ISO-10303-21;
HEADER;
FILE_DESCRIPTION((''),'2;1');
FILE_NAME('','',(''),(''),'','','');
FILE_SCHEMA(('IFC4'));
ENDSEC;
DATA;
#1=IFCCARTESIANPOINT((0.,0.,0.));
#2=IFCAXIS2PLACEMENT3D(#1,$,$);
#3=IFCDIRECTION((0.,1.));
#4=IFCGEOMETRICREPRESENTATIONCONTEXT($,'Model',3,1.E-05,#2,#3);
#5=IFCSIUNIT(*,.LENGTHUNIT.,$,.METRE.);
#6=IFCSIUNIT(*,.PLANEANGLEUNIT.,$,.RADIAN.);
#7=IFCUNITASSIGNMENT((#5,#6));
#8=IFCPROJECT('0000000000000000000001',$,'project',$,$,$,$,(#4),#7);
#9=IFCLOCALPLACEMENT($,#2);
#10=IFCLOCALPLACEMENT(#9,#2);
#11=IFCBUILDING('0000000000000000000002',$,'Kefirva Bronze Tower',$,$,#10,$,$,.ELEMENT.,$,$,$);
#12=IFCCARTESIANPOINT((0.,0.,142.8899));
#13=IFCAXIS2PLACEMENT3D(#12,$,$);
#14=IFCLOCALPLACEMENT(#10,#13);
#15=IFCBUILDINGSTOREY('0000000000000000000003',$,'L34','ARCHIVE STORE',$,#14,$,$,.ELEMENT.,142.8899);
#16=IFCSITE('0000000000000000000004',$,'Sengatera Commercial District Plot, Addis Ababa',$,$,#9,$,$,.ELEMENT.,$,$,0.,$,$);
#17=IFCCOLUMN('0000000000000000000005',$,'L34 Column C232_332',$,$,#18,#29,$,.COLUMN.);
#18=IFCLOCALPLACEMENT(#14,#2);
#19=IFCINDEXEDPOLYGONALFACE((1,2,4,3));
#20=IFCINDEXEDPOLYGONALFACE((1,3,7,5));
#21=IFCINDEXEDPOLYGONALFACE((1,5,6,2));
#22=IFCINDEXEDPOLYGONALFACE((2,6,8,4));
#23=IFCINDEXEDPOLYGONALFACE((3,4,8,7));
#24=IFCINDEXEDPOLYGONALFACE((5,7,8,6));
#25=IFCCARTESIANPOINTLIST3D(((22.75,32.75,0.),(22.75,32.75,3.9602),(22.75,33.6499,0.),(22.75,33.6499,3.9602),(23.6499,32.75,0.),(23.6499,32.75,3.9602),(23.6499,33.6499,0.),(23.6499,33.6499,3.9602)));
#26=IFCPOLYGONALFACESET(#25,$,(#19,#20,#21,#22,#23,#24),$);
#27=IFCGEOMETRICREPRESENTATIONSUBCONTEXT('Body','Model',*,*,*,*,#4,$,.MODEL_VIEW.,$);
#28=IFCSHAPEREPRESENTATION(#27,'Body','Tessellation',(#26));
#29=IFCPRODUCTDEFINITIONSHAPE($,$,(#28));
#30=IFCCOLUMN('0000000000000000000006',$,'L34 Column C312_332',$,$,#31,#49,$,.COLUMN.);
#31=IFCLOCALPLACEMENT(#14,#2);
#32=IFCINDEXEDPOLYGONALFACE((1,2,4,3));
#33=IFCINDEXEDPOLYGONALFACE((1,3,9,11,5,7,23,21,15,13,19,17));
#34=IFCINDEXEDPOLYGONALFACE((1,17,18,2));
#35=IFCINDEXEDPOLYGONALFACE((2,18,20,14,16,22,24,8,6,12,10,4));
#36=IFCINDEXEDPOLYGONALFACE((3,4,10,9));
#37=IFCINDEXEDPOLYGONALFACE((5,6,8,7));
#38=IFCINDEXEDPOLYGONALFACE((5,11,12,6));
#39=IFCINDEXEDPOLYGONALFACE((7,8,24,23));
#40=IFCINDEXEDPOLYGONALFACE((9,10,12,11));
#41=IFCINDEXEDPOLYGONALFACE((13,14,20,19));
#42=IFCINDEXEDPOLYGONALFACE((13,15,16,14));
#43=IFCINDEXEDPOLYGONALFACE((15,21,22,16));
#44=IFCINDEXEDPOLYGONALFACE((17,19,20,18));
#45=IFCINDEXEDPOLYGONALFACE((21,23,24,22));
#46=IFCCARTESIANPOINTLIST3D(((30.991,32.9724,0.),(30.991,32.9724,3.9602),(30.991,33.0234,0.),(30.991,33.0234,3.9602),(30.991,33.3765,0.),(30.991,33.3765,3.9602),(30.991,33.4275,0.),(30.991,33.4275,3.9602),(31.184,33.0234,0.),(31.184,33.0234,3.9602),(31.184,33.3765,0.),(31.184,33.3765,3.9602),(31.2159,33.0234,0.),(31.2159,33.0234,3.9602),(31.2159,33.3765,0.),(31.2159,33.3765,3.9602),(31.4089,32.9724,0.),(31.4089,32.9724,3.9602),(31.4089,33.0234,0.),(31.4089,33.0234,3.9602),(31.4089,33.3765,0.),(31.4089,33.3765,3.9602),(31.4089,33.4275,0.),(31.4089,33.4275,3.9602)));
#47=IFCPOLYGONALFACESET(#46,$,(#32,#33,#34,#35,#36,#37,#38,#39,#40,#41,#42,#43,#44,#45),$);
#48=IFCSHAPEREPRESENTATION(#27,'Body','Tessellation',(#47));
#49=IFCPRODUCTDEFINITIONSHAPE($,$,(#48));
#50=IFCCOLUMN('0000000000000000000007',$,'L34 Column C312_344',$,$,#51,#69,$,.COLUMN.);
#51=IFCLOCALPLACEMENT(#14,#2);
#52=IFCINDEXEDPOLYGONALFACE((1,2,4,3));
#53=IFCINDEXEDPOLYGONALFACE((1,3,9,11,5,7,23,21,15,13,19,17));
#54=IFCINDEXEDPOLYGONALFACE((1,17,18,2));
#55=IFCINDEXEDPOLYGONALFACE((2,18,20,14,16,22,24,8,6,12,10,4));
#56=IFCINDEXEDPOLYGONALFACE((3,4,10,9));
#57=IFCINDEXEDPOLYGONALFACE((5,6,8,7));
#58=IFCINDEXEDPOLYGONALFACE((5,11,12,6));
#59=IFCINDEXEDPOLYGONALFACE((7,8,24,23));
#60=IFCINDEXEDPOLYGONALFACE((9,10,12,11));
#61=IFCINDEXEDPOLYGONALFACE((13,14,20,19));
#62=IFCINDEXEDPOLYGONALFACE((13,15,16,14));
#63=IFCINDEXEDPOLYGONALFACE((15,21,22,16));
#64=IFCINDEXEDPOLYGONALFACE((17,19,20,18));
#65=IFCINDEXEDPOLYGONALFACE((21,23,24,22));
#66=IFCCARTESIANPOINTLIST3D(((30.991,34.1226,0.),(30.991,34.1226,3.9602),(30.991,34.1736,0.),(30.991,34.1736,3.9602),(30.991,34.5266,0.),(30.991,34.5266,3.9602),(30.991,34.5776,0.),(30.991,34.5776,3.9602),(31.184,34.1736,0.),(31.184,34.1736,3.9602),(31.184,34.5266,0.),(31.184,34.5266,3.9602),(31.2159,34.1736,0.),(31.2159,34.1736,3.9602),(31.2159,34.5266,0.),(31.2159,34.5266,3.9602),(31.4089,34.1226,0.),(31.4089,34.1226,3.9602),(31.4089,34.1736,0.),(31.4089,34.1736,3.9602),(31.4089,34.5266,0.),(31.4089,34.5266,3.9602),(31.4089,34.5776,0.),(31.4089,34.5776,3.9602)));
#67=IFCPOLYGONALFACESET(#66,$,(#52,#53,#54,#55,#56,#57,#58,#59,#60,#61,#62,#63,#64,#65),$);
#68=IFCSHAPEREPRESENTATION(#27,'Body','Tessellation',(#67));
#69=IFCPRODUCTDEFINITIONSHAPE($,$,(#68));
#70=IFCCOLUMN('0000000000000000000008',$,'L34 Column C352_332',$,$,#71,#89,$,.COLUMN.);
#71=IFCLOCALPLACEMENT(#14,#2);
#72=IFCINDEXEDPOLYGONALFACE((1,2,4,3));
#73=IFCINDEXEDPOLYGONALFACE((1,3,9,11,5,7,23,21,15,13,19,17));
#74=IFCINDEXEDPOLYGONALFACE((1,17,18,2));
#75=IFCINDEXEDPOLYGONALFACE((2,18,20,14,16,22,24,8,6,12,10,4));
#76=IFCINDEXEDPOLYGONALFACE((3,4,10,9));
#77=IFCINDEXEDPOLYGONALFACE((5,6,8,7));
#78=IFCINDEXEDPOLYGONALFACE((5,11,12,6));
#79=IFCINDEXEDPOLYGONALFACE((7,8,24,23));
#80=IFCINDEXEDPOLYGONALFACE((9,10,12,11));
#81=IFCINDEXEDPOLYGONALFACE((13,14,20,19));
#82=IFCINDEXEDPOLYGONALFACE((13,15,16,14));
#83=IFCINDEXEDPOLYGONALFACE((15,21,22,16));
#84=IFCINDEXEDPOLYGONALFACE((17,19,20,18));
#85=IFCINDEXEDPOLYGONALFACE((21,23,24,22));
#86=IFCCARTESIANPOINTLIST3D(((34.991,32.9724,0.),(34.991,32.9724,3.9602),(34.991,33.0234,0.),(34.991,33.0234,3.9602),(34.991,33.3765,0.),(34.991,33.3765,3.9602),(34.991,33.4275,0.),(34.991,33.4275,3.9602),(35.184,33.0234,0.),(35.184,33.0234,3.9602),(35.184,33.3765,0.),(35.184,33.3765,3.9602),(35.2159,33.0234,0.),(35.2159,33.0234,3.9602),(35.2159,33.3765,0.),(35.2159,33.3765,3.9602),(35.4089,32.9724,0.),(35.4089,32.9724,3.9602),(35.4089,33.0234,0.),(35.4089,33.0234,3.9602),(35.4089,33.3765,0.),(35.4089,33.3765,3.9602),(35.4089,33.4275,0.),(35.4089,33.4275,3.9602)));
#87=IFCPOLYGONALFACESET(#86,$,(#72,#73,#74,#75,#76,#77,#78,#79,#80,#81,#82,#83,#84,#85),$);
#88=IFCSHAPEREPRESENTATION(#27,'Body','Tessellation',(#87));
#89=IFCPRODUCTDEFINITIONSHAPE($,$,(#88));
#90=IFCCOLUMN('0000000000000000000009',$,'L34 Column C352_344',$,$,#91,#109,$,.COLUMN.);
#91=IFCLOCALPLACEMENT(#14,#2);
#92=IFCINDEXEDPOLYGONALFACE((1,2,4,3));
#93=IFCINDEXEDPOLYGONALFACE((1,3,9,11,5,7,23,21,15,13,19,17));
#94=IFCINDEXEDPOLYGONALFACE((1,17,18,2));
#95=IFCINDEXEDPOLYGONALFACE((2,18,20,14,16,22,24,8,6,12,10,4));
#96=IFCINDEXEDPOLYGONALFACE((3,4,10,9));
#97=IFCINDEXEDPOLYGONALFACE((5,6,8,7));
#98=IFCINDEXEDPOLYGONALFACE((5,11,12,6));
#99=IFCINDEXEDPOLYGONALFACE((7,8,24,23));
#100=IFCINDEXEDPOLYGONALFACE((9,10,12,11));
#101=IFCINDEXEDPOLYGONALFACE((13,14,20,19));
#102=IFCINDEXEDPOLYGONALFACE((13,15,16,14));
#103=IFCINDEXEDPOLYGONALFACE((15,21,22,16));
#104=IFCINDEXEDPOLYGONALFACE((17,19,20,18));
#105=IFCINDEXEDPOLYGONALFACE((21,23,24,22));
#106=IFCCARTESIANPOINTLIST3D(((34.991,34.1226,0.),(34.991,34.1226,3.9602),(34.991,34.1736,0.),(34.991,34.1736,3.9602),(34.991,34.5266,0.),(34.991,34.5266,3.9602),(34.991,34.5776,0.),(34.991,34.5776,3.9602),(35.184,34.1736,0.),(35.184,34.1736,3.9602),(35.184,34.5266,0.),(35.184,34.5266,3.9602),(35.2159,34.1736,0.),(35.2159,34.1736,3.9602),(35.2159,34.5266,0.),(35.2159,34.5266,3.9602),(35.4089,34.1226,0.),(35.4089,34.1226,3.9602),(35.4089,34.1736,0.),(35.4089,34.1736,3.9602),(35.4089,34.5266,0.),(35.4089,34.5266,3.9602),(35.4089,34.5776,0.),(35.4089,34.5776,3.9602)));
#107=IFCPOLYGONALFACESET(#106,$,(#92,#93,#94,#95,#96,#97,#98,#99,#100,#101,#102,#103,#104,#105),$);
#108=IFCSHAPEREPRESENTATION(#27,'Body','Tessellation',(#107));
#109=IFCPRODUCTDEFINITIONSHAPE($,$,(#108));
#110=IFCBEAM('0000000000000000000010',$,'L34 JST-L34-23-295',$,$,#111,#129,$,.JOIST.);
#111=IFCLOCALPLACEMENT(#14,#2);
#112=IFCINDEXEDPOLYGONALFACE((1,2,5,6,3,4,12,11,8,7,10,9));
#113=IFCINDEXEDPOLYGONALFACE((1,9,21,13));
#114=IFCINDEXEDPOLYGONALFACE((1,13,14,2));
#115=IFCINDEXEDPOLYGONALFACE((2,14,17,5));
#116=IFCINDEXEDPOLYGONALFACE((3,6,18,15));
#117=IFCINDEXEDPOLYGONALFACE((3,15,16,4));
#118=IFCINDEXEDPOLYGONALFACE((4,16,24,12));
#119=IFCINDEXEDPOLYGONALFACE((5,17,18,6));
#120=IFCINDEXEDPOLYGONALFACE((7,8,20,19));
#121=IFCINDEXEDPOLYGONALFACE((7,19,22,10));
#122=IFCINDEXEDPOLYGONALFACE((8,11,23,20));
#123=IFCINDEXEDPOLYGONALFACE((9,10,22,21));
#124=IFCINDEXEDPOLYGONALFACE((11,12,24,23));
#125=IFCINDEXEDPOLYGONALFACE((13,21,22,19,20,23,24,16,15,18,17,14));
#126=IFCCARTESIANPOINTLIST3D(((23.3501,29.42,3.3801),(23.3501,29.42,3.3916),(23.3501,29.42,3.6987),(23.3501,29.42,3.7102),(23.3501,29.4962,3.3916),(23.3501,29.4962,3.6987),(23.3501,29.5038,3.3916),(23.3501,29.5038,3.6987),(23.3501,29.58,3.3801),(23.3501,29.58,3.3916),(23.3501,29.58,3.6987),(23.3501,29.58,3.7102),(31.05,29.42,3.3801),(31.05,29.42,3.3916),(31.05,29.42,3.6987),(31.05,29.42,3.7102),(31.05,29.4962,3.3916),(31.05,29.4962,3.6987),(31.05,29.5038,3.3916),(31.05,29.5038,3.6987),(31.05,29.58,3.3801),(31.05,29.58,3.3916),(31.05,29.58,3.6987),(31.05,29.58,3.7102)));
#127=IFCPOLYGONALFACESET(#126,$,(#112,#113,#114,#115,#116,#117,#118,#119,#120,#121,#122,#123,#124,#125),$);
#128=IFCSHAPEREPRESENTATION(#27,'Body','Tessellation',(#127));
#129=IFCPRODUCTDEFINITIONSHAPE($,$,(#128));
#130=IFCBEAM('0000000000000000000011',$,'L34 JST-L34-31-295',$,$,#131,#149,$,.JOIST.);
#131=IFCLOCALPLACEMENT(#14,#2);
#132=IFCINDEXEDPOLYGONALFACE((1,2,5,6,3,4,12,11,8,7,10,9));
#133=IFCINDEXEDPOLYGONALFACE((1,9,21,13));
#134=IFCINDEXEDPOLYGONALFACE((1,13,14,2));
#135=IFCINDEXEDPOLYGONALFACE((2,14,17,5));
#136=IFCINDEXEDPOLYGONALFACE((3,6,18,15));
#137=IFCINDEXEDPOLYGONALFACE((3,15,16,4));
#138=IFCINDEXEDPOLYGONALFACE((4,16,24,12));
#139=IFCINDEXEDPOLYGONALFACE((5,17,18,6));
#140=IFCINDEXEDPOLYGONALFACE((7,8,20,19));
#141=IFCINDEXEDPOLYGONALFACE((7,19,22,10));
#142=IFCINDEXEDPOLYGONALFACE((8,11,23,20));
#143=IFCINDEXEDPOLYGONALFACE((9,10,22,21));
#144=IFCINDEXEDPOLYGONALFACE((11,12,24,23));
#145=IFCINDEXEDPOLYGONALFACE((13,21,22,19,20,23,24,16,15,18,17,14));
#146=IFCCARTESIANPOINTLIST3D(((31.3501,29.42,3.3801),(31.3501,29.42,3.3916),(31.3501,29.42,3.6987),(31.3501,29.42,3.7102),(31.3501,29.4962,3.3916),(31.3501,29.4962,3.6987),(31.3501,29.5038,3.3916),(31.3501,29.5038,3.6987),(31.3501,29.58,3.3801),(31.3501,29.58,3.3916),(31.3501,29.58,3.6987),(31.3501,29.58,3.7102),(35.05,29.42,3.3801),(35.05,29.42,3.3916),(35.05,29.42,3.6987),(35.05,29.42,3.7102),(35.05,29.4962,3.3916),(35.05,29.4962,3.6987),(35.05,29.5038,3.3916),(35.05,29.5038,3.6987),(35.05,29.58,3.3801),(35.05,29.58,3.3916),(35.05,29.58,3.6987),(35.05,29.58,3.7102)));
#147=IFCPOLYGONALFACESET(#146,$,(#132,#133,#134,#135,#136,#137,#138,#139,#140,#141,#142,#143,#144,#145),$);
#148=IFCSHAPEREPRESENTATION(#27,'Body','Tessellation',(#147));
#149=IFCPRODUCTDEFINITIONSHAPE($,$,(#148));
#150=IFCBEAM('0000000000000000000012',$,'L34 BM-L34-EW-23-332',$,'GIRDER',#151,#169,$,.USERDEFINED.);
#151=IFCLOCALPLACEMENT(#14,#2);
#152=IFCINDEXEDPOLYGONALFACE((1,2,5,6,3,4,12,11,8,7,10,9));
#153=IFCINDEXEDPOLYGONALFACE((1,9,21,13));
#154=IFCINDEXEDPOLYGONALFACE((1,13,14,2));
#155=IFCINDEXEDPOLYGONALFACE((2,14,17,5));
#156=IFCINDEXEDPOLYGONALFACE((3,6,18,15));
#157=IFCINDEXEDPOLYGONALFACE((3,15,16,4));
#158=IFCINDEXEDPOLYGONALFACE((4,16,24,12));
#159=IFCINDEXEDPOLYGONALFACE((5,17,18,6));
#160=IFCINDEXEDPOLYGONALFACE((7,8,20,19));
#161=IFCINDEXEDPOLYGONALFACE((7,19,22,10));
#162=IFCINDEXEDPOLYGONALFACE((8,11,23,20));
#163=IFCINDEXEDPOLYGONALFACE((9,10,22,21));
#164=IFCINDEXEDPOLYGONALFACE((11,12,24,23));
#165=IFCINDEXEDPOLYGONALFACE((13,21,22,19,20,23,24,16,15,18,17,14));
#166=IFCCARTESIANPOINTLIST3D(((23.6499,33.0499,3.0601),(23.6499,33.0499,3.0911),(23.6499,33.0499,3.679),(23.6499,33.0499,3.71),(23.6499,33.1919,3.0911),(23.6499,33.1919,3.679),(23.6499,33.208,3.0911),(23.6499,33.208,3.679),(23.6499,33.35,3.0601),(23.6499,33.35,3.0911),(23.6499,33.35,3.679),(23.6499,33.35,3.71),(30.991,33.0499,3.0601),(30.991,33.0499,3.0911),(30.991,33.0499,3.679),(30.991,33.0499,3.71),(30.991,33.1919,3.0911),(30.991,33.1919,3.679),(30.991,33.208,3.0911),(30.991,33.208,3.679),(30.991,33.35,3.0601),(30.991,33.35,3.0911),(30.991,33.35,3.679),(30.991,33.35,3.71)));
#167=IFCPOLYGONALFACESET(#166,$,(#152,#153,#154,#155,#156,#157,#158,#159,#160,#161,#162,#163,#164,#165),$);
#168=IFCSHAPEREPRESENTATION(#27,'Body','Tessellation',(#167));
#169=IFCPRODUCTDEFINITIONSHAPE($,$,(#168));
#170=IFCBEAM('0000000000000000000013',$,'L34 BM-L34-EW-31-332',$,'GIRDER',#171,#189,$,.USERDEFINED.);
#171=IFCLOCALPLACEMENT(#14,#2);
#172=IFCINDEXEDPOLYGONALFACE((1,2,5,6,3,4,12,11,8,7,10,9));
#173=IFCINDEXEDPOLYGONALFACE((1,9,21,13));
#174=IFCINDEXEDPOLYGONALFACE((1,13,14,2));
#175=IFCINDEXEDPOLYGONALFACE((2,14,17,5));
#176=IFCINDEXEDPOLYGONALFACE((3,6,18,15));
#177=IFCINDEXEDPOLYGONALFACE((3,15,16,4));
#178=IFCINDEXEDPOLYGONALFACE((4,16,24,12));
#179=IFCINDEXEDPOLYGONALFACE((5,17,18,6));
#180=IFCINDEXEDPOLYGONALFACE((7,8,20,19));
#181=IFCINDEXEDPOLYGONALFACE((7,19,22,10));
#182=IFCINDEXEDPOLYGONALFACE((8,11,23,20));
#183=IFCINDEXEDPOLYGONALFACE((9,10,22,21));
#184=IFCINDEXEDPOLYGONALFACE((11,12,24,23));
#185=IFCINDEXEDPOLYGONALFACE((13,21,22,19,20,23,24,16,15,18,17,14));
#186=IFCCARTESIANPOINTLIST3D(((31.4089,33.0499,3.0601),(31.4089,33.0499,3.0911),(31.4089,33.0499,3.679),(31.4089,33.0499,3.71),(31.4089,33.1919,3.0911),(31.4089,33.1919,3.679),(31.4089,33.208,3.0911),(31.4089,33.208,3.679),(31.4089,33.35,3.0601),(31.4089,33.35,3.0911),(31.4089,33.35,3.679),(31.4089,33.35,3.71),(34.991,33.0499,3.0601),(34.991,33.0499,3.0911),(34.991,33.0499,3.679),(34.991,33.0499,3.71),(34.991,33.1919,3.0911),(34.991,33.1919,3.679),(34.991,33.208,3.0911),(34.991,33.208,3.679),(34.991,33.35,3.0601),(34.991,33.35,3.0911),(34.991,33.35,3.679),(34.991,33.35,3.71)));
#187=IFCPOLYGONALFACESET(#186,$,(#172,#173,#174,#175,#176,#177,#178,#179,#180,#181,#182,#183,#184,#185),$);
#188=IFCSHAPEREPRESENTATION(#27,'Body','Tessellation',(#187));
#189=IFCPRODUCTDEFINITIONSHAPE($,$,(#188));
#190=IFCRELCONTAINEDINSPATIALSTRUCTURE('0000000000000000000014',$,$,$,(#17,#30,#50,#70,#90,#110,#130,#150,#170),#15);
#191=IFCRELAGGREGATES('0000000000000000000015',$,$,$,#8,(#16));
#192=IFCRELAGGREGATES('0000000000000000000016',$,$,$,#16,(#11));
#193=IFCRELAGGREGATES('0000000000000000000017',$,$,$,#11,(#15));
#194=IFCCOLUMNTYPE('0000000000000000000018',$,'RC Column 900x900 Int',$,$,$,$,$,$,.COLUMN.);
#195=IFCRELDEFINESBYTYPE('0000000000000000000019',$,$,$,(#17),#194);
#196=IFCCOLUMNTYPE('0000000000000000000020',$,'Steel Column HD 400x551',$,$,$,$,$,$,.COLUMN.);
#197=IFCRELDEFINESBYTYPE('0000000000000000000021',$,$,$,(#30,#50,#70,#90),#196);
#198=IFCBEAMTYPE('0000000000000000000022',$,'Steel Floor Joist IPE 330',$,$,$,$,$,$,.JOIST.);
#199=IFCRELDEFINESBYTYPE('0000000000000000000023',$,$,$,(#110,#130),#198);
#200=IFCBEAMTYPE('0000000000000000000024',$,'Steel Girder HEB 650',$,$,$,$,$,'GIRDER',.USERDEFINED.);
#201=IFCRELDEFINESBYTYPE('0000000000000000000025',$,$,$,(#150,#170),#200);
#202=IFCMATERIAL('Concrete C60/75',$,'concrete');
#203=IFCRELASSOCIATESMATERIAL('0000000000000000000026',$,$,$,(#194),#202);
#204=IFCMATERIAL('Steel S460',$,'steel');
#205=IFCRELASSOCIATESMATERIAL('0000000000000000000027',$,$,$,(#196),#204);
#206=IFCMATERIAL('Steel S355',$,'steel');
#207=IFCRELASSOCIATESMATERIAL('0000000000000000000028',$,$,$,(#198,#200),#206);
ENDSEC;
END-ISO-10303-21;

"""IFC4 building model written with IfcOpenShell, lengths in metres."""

from ifc_helpers import new_model, si_unit, direction, frame, origin, origin_2d, place, context, subcontext, project, spatial, rectangle, i_section, extrude, material, material_profile, profile_set, type_object, element, save


model = new_model("IFC4")

# Units and contexts
model_context = context("Model", 3, precision=1e-05, world=origin(), true_north=direction((0.0, 1.0)))
body_context = subcontext(model_context, "Body", "Model", "MODEL_VIEW")
ifc_project = project(units=[si_unit("LENGTHUNIT", "METRE"), si_unit("PLANEANGLEUNIT", "RADIAN")], contexts=[model_context])

# Site, building, storey
site_placement = place(None, origin())
site = spatial("IfcSite", under=ifc_project, at=site_placement, Name="Sengatera Commercial District Plot, Addis Ababa", CompositionType="ELEMENT", RefElevation=0.0)
building_placement = place(site_placement, origin())
building = spatial("IfcBuilding", under=site, at=building_placement, Name="Kefirva Bronze Tower", CompositionType="ELEMENT")
storey_placement = place(building_placement, frame((0.0, 0.0, 142.8899)))
storey = spatial("IfcBuildingStorey", under=building, at=storey_placement, Name="L34", Description="ARCHIVE STORE", CompositionType="ELEMENT", Elevation=142.8899)

# Columns
ifc_material_1 = material(Name="Concrete C60/75", Category="concrete")
ifc_material_profile_1 = material_profile(ifc_material_1, rectangle(XDim=0.8999, YDim=0.8999, at=origin_2d()), Name="RC 900x900")
ifc_profile_set_1 = profile_set([ifc_material_profile_1], Name="Concrete C60/75")
column_type_1 = type_object("IfcColumnType", Name="RC Column 900x900 Int", PredefinedType="COLUMN", material=ifc_profile_set_1)
column_placement = place(storey_placement, frame((23.2, 33.2, 0.0), z_axis=(0.0, 0.0, 1.0), x_axis=(1.0, 0.0, 0.0)))
element("IfcColumn", 1, at=column_placement, inside=storey, type_object=column_type_1, Name="L34 Column C232_332", PredefinedType="COLUMN", context=body_context, shape_type="SweptSolid", body=[
    extrude(rectangle(XDim=0.8999, YDim=0.8999, at=origin_2d()), origin(), (0.0, 0.0, 1.0), 3.9602),
])
ifc_material_2 = material(Name="Steel S460", Category="steel")
ifc_material_profile_2 = material_profile(ifc_material_2, i_section(OverallWidth=0.418, OverallDepth=0.4551, WebThickness=0.032, FlangeThickness=0.051, at=origin_2d()), Name="HD 400x551")
ifc_profile_set_2 = profile_set([ifc_material_profile_2], Name="Steel S460")
column_type_2 = type_object("IfcColumnType", Name="Steel Column HD 400x551", PredefinedType="COLUMN", material=ifc_profile_set_2)
for number, where, z_axis, x_axis, name in (
    (2, (31.2, 33.2, 0.0), (0.0, 0.0, 1.0), (1.0, 0.0, 0.0), "L34 Column C312_332"),
    (3, (31.2, 34.3501, 0.0), (0.0, 0.0, 1.0), (1.0, 0.0, 0.0), "L34 Column C312_344"),
    (4, (35.2, 33.2, 0.0), (0.0, 0.0, 1.0), (1.0, 0.0, 0.0), "L34 Column C352_332"),
    (5, (35.2, 34.3501, 0.0), (0.0, 0.0, 1.0), (1.0, 0.0, 0.0), "L34 Column C352_344"),
):
    element("IfcColumn", number, at=place(storey_placement, frame(where, z_axis=z_axis, x_axis=x_axis)), inside=storey, type_object=column_type_2, Name=name, PredefinedType="COLUMN", context=body_context, shape_type="SweptSolid", body=[
        extrude(i_section(OverallWidth=0.418, OverallDepth=0.4551, WebThickness=0.032, FlangeThickness=0.051, at=origin_2d()), origin(), (0.0, 0.0, 1.0), 3.9602),
    ])

# Beams
ifc_material_3 = material(Name="Steel S355", Category="steel")
ifc_material_profile_3 = material_profile(ifc_material_3, i_section(OverallWidth=0.1599, OverallDepth=0.3301, WebThickness=0.0076, FlangeThickness=0.0115, at=origin_2d()), Name="IPE 330")
ifc_profile_set_3 = profile_set([ifc_material_profile_3], Name="Steel S355")
beam_type_1 = type_object("IfcBeamType", Name="Steel Floor Joist IPE 330", PredefinedType="JOIST", material=ifc_profile_set_3)
beam_1_placement = place(storey_placement, frame((23.3501, 29.5, 3.5452), z_axis=(1.0, 0.0, 0.0), x_axis=(0.0, 1.0, 0.0)))
element("IfcBeam", 6, at=beam_1_placement, inside=storey, type_object=beam_type_1, Name="L34 JST-L34-23-295", PredefinedType="JOIST", context=body_context, shape_type="SweptSolid", body=[
    extrude(i_section(OverallWidth=0.1599, OverallDepth=0.3301, WebThickness=0.0076, FlangeThickness=0.0115, at=origin_2d()), origin(), (0.0, 0.0, 1.0), 7.7),
])
beam_2_placement = place(storey_placement, frame((31.3501, 29.5, 3.5452), z_axis=(1.0, 0.0, 0.0), x_axis=(0.0, 1.0, 0.0)))
element("IfcBeam", 7, at=beam_2_placement, inside=storey, type_object=beam_type_1, Name="L34 JST-L34-31-295", PredefinedType="JOIST", context=body_context, shape_type="SweptSolid", body=[
    extrude(i_section(OverallWidth=0.1599, OverallDepth=0.3301, WebThickness=0.0076, FlangeThickness=0.0115, at=origin_2d()), origin(), (0.0, 0.0, 1.0), 3.7),
])
ifc_material_profile_4 = material_profile(ifc_material_3, i_section(OverallWidth=0.3, OverallDepth=0.6499, WebThickness=0.0161, FlangeThickness=0.031, at=origin_2d()), Name="HEB 650")
ifc_profile_set_4 = profile_set([ifc_material_profile_4], Name="Steel S355")
beam_type_2 = type_object("IfcBeamType", Name="Steel Girder HEB 650", ElementType="GIRDER", PredefinedType="USERDEFINED", material=ifc_profile_set_4)
beam_3_placement = place(storey_placement, frame((23.6499, 33.2, 3.385), z_axis=(1.0, 0.0, 0.0), x_axis=(0.0, 1.0, 0.0)))
element("IfcBeam", 8, at=beam_3_placement, inside=storey, type_object=beam_type_2, Name="L34 BM-L34-EW-23-332", ObjectType="GIRDER", PredefinedType="USERDEFINED", context=body_context, shape_type="SweptSolid", body=[
    extrude(i_section(OverallWidth=0.3, OverallDepth=0.6499, WebThickness=0.0161, FlangeThickness=0.031, at=origin_2d()), origin(), (0.0, 0.0, 1.0), 7.3411),
])
for number, where, z_axis, x_axis, name in (
    (9, (31.4089, 33.2, 3.385), (1.0, 0.0, 0.0), (0.0, 1.0, 0.0), "L34 BM-L34-EW-31-332"),
):
    element("IfcBeam", number, at=place(storey_placement, frame(where, z_axis=z_axis, x_axis=x_axis)), inside=storey, type_object=beam_type_2, Name=name, ObjectType="GIRDER", PredefinedType="USERDEFINED", context=body_context, shape_type="SweptSolid", body=[
        extrude(i_section(OverallWidth=0.3, OverallDepth=0.6499, WebThickness=0.0161, FlangeThickness=0.031, at=origin_2d()), origin(), (0.0, 0.0, 1.0), 3.582),
    ])

save(model, "model.ifc")
